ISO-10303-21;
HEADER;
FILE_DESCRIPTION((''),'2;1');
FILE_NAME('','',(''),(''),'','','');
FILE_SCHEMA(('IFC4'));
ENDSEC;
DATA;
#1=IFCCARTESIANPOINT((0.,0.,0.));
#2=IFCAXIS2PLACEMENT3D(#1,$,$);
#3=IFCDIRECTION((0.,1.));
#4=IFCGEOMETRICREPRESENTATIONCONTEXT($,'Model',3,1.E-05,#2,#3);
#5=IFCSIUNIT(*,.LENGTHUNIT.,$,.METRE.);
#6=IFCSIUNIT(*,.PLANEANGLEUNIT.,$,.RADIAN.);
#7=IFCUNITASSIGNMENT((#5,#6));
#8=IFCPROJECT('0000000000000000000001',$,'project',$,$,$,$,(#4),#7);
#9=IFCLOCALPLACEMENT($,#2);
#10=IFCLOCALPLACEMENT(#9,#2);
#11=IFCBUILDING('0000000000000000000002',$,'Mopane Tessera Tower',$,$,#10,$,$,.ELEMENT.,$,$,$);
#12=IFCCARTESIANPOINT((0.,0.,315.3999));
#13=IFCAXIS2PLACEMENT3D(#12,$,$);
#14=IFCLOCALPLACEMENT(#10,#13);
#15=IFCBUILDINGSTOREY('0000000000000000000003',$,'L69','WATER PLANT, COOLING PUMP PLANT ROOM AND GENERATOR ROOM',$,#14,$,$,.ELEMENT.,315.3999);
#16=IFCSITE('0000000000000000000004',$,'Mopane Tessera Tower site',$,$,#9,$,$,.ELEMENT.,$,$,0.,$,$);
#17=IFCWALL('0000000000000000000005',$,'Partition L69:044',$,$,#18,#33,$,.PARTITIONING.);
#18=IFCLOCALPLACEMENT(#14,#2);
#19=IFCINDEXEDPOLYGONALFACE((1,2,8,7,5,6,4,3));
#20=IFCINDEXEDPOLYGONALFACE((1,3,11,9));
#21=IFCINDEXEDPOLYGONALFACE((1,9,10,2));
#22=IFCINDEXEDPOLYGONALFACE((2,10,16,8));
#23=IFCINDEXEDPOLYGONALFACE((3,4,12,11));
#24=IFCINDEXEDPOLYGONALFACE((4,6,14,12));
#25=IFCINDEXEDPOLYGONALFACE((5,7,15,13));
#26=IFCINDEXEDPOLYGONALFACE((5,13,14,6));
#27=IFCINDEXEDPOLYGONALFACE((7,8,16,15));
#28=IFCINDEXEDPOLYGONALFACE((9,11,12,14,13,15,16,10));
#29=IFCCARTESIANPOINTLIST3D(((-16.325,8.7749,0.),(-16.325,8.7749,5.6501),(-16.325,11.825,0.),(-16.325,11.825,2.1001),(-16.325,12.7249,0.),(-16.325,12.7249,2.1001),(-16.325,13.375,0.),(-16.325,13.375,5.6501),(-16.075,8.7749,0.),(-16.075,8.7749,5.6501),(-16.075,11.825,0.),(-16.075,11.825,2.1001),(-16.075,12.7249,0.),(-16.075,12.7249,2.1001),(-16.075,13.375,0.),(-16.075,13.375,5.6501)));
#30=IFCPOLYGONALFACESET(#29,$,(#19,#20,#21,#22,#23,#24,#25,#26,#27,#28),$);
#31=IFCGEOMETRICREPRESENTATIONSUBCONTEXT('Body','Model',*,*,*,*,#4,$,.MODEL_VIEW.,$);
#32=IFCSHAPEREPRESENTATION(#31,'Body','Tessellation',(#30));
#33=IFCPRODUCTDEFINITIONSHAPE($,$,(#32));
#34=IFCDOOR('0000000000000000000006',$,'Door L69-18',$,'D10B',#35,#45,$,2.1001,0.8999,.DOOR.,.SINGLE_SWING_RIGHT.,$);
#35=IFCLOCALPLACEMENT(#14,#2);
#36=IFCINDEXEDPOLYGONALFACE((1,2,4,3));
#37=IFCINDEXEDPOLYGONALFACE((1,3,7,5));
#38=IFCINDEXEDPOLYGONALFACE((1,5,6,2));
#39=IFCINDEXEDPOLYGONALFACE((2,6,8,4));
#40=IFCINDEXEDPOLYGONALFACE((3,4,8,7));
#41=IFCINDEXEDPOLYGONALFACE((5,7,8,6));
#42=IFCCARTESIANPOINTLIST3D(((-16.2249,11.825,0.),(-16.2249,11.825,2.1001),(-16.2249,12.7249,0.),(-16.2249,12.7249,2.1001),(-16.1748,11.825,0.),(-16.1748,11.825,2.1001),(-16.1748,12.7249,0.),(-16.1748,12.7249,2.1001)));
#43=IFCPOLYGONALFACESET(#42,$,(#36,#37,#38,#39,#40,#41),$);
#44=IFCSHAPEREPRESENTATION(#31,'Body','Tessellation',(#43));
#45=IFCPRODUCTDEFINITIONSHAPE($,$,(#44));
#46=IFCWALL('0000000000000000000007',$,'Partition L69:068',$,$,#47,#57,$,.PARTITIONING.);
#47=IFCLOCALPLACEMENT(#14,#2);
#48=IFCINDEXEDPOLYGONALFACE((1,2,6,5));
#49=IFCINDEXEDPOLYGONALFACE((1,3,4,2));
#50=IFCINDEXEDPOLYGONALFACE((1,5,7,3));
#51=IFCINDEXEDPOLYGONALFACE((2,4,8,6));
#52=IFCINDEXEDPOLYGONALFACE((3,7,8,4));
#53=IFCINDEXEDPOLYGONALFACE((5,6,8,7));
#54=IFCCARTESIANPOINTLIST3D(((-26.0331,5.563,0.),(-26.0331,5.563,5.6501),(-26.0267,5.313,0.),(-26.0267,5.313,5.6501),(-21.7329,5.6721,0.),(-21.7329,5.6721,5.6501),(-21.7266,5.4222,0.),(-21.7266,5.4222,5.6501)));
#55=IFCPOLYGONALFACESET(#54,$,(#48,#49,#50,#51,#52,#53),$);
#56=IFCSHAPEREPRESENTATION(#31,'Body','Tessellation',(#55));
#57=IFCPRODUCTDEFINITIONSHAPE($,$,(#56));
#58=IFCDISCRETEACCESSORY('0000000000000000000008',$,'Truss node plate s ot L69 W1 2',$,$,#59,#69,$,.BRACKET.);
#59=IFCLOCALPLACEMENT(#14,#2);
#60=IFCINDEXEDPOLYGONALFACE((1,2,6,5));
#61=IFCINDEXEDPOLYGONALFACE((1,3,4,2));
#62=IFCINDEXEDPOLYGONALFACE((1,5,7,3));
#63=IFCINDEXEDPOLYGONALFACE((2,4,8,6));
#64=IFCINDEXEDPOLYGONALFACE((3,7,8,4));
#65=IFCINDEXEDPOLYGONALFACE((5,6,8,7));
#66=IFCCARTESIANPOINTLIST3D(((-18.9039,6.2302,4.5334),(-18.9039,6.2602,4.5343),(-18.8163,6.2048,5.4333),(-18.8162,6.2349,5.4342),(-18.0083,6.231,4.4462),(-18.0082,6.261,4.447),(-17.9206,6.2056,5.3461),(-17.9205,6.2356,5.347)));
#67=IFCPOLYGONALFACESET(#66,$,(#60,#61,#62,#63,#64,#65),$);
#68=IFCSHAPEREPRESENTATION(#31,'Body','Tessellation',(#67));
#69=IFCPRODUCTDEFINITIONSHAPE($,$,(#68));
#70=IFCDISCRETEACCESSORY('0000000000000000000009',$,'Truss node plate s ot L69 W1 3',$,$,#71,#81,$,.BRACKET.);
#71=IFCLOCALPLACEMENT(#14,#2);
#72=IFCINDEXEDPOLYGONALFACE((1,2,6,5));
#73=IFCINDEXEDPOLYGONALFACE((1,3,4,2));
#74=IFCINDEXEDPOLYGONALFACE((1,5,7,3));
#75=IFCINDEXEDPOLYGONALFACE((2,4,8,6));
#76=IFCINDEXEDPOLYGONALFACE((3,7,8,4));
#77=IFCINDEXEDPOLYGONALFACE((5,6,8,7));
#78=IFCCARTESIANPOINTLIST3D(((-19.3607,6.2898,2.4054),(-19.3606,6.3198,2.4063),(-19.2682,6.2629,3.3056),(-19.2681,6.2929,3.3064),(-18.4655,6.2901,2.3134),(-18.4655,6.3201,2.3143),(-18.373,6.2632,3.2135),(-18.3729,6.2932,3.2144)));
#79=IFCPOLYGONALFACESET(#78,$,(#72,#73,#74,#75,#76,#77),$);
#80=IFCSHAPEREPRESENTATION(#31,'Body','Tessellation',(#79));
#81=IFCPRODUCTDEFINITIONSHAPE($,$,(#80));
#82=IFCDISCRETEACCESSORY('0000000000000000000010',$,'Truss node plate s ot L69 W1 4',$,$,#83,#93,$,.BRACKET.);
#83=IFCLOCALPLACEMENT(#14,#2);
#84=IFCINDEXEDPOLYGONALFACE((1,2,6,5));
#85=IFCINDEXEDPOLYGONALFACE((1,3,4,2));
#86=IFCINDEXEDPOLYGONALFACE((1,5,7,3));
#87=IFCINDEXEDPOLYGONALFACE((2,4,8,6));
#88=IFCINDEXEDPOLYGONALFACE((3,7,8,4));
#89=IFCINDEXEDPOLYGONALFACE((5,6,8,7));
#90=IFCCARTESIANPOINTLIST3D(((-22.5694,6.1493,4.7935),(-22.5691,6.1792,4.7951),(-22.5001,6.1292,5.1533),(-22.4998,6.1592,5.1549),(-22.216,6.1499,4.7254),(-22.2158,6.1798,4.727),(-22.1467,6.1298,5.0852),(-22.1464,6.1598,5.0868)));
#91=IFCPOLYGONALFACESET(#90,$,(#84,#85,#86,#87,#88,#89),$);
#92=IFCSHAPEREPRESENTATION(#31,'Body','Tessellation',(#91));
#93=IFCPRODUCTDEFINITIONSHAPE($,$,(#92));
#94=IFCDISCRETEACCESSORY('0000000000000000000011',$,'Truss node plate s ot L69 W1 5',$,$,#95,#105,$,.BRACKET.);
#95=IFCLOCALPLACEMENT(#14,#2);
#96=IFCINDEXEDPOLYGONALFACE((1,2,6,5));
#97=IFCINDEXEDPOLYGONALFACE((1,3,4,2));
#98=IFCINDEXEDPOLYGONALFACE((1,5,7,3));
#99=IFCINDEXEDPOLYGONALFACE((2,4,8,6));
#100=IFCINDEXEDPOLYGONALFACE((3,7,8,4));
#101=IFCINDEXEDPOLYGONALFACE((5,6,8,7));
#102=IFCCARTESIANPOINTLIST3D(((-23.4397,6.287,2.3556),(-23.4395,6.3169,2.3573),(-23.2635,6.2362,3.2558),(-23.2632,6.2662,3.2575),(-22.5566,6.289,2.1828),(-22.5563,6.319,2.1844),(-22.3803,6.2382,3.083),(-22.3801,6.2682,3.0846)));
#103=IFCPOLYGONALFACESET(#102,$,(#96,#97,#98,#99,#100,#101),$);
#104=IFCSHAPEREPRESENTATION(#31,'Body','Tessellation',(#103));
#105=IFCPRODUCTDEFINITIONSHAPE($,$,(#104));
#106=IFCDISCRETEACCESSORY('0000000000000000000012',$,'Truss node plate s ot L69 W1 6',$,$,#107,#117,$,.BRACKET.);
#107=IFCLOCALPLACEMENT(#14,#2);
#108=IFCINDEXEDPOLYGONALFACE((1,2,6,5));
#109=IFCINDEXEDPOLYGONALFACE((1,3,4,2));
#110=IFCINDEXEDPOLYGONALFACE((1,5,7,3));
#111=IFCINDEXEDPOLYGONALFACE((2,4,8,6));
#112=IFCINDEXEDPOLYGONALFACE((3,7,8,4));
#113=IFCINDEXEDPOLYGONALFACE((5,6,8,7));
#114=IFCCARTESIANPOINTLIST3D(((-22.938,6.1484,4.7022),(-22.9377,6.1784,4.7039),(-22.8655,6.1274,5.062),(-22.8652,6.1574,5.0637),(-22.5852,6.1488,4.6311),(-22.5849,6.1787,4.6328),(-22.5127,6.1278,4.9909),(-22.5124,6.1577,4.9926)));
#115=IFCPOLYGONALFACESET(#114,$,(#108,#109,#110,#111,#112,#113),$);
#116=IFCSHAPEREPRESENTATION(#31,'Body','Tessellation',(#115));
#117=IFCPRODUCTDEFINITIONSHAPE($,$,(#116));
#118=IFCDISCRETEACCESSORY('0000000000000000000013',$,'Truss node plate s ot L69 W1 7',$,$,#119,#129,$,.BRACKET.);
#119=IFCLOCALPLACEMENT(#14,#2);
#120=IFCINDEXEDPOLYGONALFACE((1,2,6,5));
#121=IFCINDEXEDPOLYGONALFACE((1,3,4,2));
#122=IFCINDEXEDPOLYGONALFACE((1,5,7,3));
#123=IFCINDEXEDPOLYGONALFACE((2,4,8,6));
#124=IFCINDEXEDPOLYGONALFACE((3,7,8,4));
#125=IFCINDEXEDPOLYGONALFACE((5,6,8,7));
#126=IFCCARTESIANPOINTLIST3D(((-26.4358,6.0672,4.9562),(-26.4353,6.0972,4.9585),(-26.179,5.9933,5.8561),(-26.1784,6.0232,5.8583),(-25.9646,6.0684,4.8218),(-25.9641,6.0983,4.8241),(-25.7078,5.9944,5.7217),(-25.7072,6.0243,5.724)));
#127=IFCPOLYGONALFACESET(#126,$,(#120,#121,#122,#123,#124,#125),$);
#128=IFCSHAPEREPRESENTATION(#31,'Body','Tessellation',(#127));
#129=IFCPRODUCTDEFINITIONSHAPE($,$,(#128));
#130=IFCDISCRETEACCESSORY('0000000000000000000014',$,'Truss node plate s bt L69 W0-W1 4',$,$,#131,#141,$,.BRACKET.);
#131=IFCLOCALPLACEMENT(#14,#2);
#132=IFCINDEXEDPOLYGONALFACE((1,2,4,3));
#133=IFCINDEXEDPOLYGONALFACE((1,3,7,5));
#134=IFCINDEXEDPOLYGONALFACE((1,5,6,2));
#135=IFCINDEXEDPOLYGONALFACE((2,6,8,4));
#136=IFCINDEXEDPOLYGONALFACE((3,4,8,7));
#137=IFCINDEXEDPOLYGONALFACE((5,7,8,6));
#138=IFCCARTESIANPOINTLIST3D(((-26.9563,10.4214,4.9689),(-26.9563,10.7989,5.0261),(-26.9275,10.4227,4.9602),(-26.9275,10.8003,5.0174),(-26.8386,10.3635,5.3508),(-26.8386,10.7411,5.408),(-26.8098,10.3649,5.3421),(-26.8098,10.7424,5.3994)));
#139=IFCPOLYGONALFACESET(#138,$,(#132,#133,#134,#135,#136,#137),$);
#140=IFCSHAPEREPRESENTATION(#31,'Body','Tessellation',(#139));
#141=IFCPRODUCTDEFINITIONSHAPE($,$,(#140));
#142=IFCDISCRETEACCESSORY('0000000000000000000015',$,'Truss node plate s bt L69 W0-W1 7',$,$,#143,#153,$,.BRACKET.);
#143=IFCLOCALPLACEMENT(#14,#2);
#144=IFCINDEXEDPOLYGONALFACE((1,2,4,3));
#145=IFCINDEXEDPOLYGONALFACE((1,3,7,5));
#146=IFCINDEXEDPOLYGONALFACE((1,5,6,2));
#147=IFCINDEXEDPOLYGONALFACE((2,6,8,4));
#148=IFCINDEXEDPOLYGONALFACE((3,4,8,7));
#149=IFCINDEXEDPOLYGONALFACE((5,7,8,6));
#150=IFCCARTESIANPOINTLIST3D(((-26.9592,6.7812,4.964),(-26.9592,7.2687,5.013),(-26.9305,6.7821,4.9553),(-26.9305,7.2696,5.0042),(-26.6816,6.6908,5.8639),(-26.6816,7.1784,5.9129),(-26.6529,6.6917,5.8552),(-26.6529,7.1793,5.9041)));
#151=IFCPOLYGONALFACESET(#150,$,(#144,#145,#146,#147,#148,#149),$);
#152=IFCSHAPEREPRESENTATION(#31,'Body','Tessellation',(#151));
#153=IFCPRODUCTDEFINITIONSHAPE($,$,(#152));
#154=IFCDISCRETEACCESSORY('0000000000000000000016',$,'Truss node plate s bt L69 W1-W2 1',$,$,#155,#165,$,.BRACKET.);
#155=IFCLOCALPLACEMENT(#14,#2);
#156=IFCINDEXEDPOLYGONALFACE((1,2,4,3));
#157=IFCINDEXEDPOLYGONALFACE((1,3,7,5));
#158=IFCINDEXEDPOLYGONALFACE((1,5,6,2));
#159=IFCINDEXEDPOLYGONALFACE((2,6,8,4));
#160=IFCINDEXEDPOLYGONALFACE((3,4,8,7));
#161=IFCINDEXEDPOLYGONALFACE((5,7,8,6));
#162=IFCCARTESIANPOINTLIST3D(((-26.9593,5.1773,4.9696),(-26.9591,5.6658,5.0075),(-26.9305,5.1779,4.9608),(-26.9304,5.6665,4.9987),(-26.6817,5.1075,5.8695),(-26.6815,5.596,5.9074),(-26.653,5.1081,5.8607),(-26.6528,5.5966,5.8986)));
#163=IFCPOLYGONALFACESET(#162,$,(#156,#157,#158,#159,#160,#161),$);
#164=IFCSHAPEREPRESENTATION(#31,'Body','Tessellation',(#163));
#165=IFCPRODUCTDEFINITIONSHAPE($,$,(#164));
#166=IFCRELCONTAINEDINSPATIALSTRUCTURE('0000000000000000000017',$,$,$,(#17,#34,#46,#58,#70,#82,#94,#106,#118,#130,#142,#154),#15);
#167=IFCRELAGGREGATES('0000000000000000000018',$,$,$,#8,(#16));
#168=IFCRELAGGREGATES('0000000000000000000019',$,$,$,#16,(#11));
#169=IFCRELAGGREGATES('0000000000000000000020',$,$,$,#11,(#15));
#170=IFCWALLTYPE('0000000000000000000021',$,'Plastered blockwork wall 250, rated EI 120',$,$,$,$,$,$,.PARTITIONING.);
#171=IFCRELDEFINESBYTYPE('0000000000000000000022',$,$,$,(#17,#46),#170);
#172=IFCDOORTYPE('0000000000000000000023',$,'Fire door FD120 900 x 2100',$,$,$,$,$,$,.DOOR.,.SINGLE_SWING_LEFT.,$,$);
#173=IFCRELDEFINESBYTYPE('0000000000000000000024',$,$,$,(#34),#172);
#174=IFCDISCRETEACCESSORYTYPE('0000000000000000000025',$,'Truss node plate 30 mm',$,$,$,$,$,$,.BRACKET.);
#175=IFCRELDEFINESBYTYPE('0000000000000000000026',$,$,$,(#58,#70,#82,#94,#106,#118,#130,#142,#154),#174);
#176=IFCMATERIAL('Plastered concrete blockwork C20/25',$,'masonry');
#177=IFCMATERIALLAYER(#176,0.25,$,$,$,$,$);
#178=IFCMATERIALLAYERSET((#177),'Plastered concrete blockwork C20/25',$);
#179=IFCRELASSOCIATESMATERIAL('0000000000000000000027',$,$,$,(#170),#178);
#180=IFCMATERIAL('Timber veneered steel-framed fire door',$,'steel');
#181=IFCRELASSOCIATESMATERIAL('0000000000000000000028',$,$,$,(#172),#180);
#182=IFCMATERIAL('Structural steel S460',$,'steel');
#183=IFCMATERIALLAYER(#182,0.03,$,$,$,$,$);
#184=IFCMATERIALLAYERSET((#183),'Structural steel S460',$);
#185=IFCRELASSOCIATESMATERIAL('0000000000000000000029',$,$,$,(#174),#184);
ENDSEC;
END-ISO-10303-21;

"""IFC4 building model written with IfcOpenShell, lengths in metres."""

from ifc_helpers import new_model, si_unit, direction, frame, frame_2d, origin, origin_2d, place, context, subcontext, project, spatial, rectangle, extrude, material, layer, layer_set, type_object, element, fill, save


model = new_model("IFC4")

# Units and contexts
model_context = context("Model", 3, precision=1e-05, world=origin(), true_north=direction((0.0, 1.0)))
body_context = subcontext(model_context, "Body", "Model", "MODEL_VIEW")
ifc_project = project(units=[si_unit("LENGTHUNIT", "METRE"), si_unit("PLANEANGLEUNIT", "RADIAN")], contexts=[model_context])

# Site, building, storey
site_placement = place(None, origin())
site = spatial("IfcSite", under=ifc_project, at=site_placement, Name="Mopane Tessera Tower site", CompositionType="ELEMENT", RefElevation=0.0)
building_placement = place(site_placement, origin())
building = spatial("IfcBuilding", under=site, at=building_placement, Name="Mopane Tessera Tower", CompositionType="ELEMENT")
storey_placement = place(building_placement, frame((0.0, 0.0, 315.3999)))
storey = spatial("IfcBuildingStorey", under=building, at=storey_placement, Name="L69", Description="WATER PLANT, COOLING PUMP PLANT ROOM AND GENERATOR ROOM", CompositionType="ELEMENT", Elevation=315.3999)

# Shared definitions
ifc_material_1 = material(Name="Plastered concrete blockwork C20/25", Category="masonry")
ifc_layer_1 = layer(ifc_material_1, 0.25)
ifc_layer_set_1 = layer_set([ifc_layer_1], Name="Plastered concrete blockwork C20/25")
wall_type = type_object("IfcWallType", Name="Plastered blockwork wall 250, rated EI 120", PredefinedType="PARTITIONING", material=ifc_layer_set_1)

# Wall, opening, door
wall_1_placement = place(storey_placement, frame((-16.2, 8.7749, 0.0), z_axis=(0.0, 0.0, 1.0), x_axis=(0.0, 1.0, 0.0)))
wall_1 = element("IfcWall", 1, at=wall_1_placement, inside=storey, type_object=wall_type, Name="Partition L69:044", PredefinedType="PARTITIONING", context=body_context, shape_type="SweptSolid", body=[
    extrude(rectangle(XDim=4.6001, YDim=0.25, at=frame_2d((2.3, 0.0))), origin(), (0.0, 0.0, 1.0), 5.6501),
])
opening_1_placement = place(wall_1_placement, frame((3.05, 0.0, 0.0)))
opening_1 = element("IfcOpeningElement", 2, at=opening_1_placement, cuts=wall_1, PredefinedType="OPENING", context=body_context, shape_type="SweptSolid", body=[
    extrude(rectangle(XDim=0.8999, YDim=2.1001, at=frame_2d((0.45, 1.05))), frame((0.0, 0.137, 0.0), z_axis=(0.0, -1.0, 0.0), x_axis=(1.0, 0.0, 0.0)), (0.0, 0.0, 1.0), 0.2739),
])
ifc_material_2 = material(Name="Timber veneered steel-framed fire door", Category="steel")
door_type_1 = type_object("IfcDoorType", Name="Fire door FD120 900 x 2100", OperationType="SINGLE_SWING_LEFT", PredefinedType="DOOR", material=ifc_material_2)
door_1_placement = place(opening_1_placement, origin())
door_1 = element("IfcDoor", 3, at=door_1_placement, inside=storey, type_object=door_type_1, Name="Door L69-18", ObjectType="D10B", OperationType="SINGLE_SWING_RIGHT", OverallHeight=2.1001, OverallWidth=0.8999, PredefinedType="DOOR", context=body_context, shape_type="SweptSolid", body=[
    extrude(rectangle(XDim=0.8999, YDim=2.1001, at=frame_2d((0.45, 1.05))), frame((0.0, 0.0249, 0.0), z_axis=(0.0, -1.0, 0.0), x_axis=(1.0, 0.0, 0.0)), (0.0, 0.0, 1.0), 0.05),
])
fill(opening_1, door_1)

# Wall
wall_2_placement = place(storey_placement, frame((-26.03, 5.438, 0.0), z_axis=(0.0, 0.0, 1.0), x_axis=(0.999678, 0.025371, 0.0)))
element("IfcWall", 4, at=wall_2_placement, inside=storey, type_object=wall_type, Name="Partition L69:068", PredefinedType="PARTITIONING", context=body_context, shape_type="SweptSolid", body=[
    extrude(rectangle(XDim=4.3015, YDim=0.25, at=frame_2d((2.1509, 0.0))), origin(), (0.0, 0.0, 1.0), 5.6501),
])

# Discrete accessories
ifc_material_3 = material(Name="Structural steel S460", Category="steel")
ifc_layer_2 = layer(ifc_material_3, 0.03)
ifc_layer_set_2 = layer_set([ifc_layer_2], Name="Structural steel S460")
discrete_accessory_type = type_object("IfcDiscreteAccessoryType", Name="Truss node plate 30 mm", PredefinedType="BRACKET", material=ifc_layer_set_2)
discrete_accessory_1_placement = place(storey_placement, frame((-18.4561, 6.2456, 4.4902), z_axis=(0.096899, -0.028071, 0.994898), x_axis=(-0.001901, -0.999606, -0.028019)))
element("IfcDiscreteAccessory", 5, at=discrete_accessory_1_placement, inside=storey, type_object=discrete_accessory_type, Name="Truss node plate s ot L69 W1 2", PredefinedType="BRACKET", context=body_context, shape_type="SweptSolid", body=[
    extrude(rectangle(XDim=0.03, YDim=0.8999, at=origin_2d()), origin(), (0.0, 0.0, 1.0), 0.9045),
])
discrete_accessory_2_placement = place(storey_placement, frame((-18.9131, 6.3049, 2.3599), z_axis=(0.10221, -0.029665, 0.99432), x_axis=(-0.002719, -0.99956, -0.029542)))
element("IfcDiscreteAccessory", 6, at=discrete_accessory_2_placement, inside=storey, type_object=discrete_accessory_type, Name="Truss node plate s ot L69 W1 3", PredefinedType="BRACKET", context=body_context, shape_type="SweptSolid", body=[
    extrude(rectangle(XDim=0.03, YDim=0.8999, at=origin_2d()), origin(), (0.0, 0.0, 1.0), 0.9053),
])
discrete_accessory_3_placement = place(storey_placement, frame((-22.3926, 6.1646, 4.7603), z_axis=(0.188912, -0.054545, 0.980478), x_axis=(-0.008675, -0.99851, -0.053877)))
element("IfcDiscreteAccessory", 7, at=discrete_accessory_3_placement, inside=storey, type_object=discrete_accessory_type, Name="Truss node plate s ot L69 W1 4", PredefinedType="BRACKET", context=body_context, shape_type="SweptSolid", body=[
    extrude(rectangle(XDim=0.03, YDim=0.3599, at=origin_2d()), origin(), (0.0, 0.0, 1.0), 0.3669),
])
discrete_accessory_4_placement = place(storey_placement, frame((-22.998, 6.303, 2.27), z_axis=(0.191879, -0.055278, 0.979861), x_axis=(-0.008393, -0.998468, -0.054684)))
element("IfcDiscreteAccessory", 8, at=discrete_accessory_4_placement, inside=storey, type_object=discrete_accessory_type, Name="Truss node plate s ot L69 W1 5", PredefinedType="BRACKET", context=body_context, shape_type="SweptSolid", body=[
    extrude(rectangle(XDim=0.03, YDim=0.8999, at=origin_2d()), origin(), (0.0, 0.0, 1.0), 0.9187),
])
discrete_accessory_5_placement = place(storey_placement, frame((-22.7615, 6.1636, 4.6675), z_axis=(0.197201, -0.057102, 0.978699), x_axis=(-0.010354, -0.998368, -0.056163)))
element("IfcDiscreteAccessory", 9, at=discrete_accessory_5_placement, inside=storey, type_object=discrete_accessory_type, Name="Truss node plate s ot L69 W1 6", PredefinedType="BRACKET", context=body_context, shape_type="SweptSolid", body=[
    extrude(rectangle(XDim=0.03, YDim=0.3599, at=origin_2d()), origin(), (0.0, 0.0, 1.0), 0.3677),
])
discrete_accessory_6_placement = place(storey_placement, frame((-26.2, 6.0828, 4.8901), z_axis=(0.273592, -0.078801, 0.958612), x_axis=(-0.019444, -0.996888, -0.076398)))
element("IfcDiscreteAccessory", 10, at=discrete_accessory_6_placement, inside=storey, type_object=discrete_accessory_type, Name="Truss node plate s ot L69 W1 7", PredefinedType="BRACKET", context=body_context, shape_type="SweptSolid", body=[
    extrude(rectangle(XDim=0.03, YDim=0.49, at=origin_2d()), origin(), (0.0, 0.0, 1.0), 0.9387),
])
discrete_accessory_7_placement = place(storey_placement, frame((-26.9419, 10.6108, 4.9932), z_axis=(0.291475, -0.143319, 0.945781), x_axis=(0.956579, 0.043662, -0.288186)))
element("IfcDiscreteAccessory", 11, at=discrete_accessory_7_placement, inside=storey, type_object=discrete_accessory_type, Name="Truss node plate s bt L69 W0-W1 4", PredefinedType="BRACKET", context=body_context, shape_type="SweptSolid", body=[
    extrude(rectangle(XDim=0.03, YDim=0.3818, at=origin_2d()), origin(), (0.0, 0.0, 1.0), 0.4038),
])
discrete_accessory_8_placement = place(storey_placement, frame((-26.9448, 7.0254, 4.9841), z_axis=(0.293413, -0.095482, 0.951206), x_axis=(0.955986, 0.029385, -0.291938)))
element("IfcDiscreteAccessory", 12, at=discrete_accessory_8_placement, inside=storey, type_object=discrete_accessory_type, Name="Truss node plate s bt L69 W0-W1 7", PredefinedType="BRACKET", context=body_context, shape_type="SweptSolid", body=[
    extrude(rectangle(XDim=0.03, YDim=0.49, at=origin_2d()), origin(), (0.0, 0.0, 1.0), 0.946),
])
discrete_accessory_9_placement = place(storey_placement, frame((-26.9448, 5.4219, 4.9841), z_axis=(0.293953, -0.073941, 0.952956), x_axis=(0.95582, 0.022414, -0.293097)))
element("IfcDiscreteAccessory", 13, at=discrete_accessory_9_placement, inside=storey, type_object=discrete_accessory_type, Name="Truss node plate s bt L69 W1-W2 1", PredefinedType="BRACKET", context=body_context, shape_type="SweptSolid", body=[
    extrude(rectangle(XDim=0.03, YDim=0.49, at=origin_2d()), origin(), (0.0, 0.0, 1.0), 0.9443),
])

save(model, "model.ifc")
